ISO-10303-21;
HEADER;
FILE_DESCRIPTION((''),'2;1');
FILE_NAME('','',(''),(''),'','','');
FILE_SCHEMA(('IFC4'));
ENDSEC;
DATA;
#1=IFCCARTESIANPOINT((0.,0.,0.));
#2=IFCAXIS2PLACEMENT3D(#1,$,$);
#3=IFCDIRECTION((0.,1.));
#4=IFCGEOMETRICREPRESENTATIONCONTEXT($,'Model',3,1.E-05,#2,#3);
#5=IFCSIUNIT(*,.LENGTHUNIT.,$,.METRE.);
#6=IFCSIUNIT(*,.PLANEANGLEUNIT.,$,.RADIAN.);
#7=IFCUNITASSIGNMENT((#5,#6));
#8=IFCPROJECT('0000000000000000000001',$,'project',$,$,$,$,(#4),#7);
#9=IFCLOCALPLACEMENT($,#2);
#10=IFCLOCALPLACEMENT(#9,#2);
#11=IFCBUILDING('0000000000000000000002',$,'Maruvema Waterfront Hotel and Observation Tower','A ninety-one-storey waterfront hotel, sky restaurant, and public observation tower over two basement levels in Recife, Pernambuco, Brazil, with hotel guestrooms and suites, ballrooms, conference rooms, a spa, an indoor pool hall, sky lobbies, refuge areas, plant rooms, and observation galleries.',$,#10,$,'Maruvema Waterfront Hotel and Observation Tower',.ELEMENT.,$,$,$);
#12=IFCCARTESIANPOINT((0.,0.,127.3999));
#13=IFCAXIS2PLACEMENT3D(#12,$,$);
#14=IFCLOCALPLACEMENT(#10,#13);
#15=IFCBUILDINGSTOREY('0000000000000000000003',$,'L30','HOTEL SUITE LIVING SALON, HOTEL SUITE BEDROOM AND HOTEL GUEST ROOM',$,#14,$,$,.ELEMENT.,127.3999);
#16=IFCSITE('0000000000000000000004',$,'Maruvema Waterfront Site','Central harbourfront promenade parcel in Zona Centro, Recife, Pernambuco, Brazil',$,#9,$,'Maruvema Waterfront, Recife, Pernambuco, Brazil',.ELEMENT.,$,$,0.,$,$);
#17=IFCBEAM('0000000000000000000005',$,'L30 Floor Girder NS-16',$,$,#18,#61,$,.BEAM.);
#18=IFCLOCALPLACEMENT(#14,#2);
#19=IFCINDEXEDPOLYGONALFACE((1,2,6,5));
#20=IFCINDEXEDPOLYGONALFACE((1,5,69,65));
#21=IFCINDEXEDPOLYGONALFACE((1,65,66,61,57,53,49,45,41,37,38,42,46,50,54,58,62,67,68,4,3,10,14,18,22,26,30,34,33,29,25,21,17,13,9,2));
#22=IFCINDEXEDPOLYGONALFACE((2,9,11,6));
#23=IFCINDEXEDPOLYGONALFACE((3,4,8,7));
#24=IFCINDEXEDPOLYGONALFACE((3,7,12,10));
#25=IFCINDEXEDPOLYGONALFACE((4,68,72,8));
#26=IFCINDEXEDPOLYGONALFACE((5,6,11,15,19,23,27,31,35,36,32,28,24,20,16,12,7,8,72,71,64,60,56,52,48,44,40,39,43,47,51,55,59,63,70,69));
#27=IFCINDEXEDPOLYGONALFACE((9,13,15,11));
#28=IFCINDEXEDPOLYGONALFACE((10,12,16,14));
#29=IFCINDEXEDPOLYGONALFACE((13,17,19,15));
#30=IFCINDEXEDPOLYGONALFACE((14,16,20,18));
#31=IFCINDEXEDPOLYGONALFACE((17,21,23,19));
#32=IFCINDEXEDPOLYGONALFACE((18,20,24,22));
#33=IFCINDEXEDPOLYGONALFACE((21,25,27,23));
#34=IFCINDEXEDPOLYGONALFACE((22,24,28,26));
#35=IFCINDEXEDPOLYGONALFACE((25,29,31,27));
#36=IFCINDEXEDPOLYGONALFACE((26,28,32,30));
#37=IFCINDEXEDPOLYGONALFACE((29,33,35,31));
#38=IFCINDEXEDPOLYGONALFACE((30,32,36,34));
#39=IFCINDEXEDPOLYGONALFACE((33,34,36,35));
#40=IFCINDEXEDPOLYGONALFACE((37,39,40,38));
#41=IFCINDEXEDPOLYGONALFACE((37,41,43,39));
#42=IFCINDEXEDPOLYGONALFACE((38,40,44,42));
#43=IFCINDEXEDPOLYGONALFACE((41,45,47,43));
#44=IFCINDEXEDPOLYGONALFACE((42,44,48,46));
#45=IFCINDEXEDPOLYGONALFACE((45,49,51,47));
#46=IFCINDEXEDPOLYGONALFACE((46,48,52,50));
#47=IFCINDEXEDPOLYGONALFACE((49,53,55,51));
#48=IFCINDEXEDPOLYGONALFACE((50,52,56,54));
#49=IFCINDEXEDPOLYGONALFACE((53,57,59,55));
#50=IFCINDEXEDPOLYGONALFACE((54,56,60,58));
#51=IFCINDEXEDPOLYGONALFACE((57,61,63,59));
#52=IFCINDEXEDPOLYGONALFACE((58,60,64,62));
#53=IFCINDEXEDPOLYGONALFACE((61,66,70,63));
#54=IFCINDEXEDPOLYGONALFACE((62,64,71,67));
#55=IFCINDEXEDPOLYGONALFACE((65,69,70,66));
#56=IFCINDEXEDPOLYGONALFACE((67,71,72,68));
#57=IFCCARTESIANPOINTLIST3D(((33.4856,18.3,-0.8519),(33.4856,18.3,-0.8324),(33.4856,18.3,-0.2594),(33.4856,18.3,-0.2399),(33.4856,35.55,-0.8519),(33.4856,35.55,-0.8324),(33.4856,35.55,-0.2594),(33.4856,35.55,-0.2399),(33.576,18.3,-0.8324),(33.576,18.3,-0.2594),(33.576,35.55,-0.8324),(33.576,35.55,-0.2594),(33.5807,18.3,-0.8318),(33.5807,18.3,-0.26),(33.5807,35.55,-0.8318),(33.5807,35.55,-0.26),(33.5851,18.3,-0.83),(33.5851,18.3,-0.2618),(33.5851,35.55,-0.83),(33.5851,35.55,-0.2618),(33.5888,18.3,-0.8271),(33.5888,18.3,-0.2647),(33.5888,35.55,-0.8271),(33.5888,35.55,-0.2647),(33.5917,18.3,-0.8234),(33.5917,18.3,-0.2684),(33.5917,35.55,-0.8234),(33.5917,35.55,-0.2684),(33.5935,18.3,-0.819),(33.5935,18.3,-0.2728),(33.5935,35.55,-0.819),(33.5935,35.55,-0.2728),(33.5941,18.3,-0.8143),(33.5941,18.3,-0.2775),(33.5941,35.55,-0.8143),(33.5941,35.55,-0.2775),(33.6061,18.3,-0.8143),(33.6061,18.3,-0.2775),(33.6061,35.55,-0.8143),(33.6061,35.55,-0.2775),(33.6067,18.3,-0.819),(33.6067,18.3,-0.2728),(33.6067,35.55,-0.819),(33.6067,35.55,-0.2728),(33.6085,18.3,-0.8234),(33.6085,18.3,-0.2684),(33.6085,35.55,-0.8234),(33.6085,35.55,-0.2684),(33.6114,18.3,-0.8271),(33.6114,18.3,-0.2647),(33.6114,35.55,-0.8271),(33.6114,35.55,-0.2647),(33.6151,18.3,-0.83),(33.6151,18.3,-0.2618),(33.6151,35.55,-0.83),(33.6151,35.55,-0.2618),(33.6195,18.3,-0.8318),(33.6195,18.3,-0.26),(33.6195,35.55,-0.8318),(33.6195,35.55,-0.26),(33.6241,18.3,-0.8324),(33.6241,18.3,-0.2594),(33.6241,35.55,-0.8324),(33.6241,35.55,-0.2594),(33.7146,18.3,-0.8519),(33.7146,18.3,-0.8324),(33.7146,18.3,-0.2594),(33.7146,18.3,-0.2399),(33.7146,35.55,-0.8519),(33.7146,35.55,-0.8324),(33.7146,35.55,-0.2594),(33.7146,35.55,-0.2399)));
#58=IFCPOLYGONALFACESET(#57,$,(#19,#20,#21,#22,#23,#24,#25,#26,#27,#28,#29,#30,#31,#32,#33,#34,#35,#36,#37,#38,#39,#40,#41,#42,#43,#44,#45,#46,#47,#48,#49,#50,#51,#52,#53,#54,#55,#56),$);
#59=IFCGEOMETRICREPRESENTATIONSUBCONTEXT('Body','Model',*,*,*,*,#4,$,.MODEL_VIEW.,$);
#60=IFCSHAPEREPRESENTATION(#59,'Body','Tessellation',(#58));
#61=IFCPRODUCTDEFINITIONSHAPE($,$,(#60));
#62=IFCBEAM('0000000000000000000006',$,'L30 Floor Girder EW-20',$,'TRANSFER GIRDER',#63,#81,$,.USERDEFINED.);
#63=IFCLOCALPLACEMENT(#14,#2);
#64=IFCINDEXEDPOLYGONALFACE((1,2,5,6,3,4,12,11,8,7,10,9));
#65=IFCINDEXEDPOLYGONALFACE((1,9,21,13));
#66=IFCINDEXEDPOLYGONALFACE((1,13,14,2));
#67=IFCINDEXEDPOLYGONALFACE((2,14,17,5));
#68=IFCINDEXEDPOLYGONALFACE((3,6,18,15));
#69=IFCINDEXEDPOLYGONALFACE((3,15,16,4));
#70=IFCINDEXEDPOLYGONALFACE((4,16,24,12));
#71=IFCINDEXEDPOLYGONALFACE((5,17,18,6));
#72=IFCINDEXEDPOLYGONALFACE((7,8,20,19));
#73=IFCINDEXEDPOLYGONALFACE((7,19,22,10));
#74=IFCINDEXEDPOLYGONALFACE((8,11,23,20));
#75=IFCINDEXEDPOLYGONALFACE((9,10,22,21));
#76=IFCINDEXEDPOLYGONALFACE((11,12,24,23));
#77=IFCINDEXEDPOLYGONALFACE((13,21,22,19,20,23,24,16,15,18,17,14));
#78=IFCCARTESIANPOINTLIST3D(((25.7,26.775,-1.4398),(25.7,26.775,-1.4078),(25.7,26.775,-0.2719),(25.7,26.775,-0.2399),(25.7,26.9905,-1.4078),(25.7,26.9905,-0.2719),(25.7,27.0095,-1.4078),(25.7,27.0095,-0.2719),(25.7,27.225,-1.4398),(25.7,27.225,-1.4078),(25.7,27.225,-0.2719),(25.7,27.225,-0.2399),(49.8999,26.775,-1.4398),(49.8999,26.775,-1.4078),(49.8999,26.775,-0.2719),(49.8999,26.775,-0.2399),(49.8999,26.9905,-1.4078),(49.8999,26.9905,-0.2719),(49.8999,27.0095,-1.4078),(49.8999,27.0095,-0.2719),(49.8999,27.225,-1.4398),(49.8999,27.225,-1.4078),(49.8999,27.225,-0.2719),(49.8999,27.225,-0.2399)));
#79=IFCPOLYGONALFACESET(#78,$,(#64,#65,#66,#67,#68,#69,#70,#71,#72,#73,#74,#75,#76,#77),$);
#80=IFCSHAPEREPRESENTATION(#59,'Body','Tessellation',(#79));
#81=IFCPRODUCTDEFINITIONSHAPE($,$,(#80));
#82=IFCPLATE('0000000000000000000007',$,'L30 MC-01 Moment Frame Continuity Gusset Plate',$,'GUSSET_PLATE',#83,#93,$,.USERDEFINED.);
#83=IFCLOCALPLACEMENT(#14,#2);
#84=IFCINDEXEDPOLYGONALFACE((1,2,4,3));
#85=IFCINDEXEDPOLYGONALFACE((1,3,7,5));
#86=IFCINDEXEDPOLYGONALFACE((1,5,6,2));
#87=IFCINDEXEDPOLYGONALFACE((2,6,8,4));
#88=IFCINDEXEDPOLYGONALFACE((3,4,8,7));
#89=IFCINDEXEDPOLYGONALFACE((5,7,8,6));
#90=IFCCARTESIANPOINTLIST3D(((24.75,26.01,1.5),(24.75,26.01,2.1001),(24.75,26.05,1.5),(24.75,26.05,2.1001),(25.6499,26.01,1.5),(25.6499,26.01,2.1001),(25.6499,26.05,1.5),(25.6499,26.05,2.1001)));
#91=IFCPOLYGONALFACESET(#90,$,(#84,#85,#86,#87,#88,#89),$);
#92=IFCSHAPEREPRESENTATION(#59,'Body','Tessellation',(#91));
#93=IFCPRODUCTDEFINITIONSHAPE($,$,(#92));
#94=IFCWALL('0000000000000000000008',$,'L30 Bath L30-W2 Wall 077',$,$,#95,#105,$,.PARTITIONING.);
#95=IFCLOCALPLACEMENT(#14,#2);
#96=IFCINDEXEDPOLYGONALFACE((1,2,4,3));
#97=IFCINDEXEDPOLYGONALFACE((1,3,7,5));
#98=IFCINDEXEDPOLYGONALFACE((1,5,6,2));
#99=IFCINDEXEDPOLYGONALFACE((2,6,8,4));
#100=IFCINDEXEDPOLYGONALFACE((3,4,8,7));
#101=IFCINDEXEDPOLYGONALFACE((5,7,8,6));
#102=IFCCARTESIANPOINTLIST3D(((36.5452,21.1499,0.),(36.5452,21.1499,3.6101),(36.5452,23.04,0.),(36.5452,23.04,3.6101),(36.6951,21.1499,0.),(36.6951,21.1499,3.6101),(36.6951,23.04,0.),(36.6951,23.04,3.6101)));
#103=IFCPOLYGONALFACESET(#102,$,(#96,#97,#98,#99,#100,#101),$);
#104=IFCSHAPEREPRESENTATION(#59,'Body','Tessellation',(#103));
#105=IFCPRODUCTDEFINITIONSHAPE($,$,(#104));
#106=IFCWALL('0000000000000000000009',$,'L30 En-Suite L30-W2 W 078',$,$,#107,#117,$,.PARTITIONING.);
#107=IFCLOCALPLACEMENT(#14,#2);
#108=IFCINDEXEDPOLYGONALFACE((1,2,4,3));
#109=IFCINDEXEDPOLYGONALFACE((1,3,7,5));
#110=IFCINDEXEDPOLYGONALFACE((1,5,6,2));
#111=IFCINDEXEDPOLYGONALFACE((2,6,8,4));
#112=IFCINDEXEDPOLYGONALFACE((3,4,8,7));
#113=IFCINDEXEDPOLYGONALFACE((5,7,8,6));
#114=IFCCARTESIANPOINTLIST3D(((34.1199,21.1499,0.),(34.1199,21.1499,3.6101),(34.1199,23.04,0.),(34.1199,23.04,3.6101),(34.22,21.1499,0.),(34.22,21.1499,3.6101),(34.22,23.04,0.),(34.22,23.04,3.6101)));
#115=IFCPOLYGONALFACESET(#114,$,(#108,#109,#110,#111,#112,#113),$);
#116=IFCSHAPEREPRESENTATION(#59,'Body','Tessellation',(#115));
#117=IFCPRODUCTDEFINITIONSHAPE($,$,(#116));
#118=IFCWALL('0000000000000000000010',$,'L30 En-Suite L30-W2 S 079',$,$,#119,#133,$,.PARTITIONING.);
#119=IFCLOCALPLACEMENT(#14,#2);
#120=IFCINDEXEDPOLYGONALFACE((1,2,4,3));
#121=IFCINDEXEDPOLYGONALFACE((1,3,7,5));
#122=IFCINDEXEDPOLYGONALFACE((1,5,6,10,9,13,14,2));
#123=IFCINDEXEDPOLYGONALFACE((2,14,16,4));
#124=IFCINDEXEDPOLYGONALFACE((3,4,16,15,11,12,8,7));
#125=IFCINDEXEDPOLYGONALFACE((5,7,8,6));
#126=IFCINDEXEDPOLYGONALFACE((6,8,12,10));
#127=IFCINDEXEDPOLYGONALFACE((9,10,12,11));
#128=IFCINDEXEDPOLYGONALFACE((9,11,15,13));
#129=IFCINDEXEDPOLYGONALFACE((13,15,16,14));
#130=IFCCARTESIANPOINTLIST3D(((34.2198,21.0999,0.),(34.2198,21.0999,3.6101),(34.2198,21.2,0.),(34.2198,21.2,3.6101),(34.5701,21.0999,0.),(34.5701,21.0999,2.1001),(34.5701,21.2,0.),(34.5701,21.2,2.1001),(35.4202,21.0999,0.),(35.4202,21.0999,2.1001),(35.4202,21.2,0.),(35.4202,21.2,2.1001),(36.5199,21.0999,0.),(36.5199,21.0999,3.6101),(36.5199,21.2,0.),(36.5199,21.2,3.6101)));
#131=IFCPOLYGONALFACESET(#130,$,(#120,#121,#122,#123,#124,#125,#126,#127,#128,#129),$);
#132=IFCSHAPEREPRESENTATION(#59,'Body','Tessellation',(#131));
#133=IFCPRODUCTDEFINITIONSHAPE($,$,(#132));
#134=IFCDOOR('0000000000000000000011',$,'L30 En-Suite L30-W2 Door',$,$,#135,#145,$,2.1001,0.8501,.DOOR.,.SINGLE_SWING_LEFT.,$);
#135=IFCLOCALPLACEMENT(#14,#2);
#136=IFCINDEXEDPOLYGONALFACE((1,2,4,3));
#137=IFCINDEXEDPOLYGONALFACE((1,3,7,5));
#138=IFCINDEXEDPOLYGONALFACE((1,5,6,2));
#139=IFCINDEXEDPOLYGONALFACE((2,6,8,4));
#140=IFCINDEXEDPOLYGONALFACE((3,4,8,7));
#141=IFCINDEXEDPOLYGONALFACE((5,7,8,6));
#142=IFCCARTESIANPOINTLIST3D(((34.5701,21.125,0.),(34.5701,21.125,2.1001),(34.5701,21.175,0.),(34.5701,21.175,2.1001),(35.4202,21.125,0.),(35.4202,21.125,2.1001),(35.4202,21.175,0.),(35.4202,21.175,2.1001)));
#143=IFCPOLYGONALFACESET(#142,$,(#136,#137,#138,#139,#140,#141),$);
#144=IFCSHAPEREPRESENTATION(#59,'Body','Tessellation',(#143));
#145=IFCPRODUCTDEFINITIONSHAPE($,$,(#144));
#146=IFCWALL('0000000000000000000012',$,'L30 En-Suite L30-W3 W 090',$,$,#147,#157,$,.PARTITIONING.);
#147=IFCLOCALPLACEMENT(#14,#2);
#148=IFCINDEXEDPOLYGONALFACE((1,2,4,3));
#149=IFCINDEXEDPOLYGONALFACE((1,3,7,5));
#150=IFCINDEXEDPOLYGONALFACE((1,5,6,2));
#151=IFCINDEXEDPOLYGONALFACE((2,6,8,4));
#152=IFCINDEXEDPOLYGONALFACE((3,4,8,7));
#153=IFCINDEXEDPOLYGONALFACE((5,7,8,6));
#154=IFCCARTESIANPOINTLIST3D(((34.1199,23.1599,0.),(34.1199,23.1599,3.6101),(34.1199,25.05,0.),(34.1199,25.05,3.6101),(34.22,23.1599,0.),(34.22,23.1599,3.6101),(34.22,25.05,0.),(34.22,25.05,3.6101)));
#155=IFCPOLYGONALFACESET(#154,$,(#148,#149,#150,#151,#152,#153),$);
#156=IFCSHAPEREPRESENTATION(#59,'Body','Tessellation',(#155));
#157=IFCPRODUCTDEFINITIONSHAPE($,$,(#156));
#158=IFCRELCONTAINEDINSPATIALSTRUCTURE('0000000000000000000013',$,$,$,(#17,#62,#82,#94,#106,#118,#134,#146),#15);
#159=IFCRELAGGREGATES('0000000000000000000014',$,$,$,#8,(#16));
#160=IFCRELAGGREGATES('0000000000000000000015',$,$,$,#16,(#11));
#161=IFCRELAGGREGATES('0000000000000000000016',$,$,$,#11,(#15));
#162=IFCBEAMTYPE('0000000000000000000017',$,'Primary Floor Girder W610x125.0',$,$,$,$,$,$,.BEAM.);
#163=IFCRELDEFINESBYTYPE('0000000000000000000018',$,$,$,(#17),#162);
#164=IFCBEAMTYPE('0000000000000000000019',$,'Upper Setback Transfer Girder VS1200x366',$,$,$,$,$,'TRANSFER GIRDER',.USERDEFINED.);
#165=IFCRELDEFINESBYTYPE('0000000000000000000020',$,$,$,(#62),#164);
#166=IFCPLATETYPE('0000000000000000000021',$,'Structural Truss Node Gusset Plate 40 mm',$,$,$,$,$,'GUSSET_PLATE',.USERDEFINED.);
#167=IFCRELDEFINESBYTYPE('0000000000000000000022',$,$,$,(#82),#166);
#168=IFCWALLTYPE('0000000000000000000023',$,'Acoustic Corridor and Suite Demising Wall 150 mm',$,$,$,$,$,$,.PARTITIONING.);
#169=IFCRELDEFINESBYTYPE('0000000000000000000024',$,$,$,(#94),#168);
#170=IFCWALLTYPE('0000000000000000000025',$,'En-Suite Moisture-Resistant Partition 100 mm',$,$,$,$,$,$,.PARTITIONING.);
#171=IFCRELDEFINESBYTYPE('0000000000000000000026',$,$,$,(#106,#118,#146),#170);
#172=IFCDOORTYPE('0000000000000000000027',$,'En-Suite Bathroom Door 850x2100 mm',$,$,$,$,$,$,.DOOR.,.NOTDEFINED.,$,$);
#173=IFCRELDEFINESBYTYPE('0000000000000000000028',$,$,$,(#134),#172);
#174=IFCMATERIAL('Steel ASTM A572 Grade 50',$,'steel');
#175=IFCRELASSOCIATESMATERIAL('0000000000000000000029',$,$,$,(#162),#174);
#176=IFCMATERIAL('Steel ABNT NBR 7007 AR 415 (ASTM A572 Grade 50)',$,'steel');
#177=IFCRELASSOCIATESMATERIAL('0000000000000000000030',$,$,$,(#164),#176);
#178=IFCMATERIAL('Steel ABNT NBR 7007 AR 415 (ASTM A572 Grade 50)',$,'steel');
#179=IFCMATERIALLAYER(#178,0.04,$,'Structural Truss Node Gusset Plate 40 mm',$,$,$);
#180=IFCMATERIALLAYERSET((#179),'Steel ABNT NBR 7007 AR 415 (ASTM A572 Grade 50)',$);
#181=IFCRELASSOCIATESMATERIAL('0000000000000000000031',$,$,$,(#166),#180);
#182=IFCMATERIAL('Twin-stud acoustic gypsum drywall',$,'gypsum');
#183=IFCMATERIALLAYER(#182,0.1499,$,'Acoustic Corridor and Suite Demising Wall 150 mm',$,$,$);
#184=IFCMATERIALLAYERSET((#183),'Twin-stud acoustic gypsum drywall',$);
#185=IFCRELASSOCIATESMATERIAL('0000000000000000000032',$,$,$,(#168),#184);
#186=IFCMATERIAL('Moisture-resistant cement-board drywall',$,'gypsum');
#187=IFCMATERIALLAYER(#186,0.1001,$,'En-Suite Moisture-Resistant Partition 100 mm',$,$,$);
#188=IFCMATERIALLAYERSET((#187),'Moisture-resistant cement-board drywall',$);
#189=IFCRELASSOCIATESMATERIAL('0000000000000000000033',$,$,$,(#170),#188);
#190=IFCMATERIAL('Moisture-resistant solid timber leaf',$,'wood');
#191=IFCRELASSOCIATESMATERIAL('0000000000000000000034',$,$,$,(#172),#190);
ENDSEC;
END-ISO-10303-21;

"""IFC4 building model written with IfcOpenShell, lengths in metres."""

from ifc_helpers import new_model, si_unit, direction, frame, frame_2d, origin, origin_2d, place, context, subcontext, project, spatial, rectangle, i_section, extrude, material, layer, layer_set, material_profile, profile_set, type_object, element, fill, save


model = new_model("IFC4")

# Units and contexts
model_context = context("Model", 3, precision=1e-05, world=origin(), true_north=direction((0.0, 1.0)))
body_context = subcontext(model_context, "Body", "Model", "MODEL_VIEW")
ifc_project = project(units=[si_unit("LENGTHUNIT", "METRE"), si_unit("PLANEANGLEUNIT", "RADIAN")], contexts=[model_context])

# Site, building, storey
site_placement = place(None, origin())
site = spatial("IfcSite", under=ifc_project, at=site_placement, Name="Maruvema Waterfront Site", Description="Central harbourfront promenade parcel in Zona Centro, Recife, Pernambuco, Brazil", LongName="Maruvema Waterfront, Recife, Pernambuco, Brazil", CompositionType="ELEMENT", RefElevation=0.0)
building_placement = place(site_placement, origin())
building = spatial("IfcBuilding", under=site, at=building_placement, Name="Maruvema Waterfront Hotel and Observation Tower", Description="A ninety-one-storey waterfront hotel, sky restaurant, and public observation tower over two basement levels in Recife, Pernambuco, Brazil, with hotel guestrooms and suites, ballrooms, conference rooms, a spa, an indoor pool hall, sky lobbies, refuge areas, plant rooms, and observation galleries.", LongName="Maruvema Waterfront Hotel and Observation Tower", CompositionType="ELEMENT")
storey_placement = place(building_placement, frame((0.0, 0.0, 127.3999)))
storey = spatial("IfcBuildingStorey", under=building, at=storey_placement, Name="L30", Description="HOTEL SUITE LIVING SALON, HOTEL SUITE BEDROOM AND HOTEL GUEST ROOM", CompositionType="ELEMENT", Elevation=127.3999)

# Beams
ifc_material_1 = material(Name="Steel ASTM A572 Grade 50", Category="steel")
ifc_material_profile_1 = material_profile(ifc_material_1, i_section(OverallWidth=0.229, OverallDepth=0.6121, WebThickness=0.012, FlangeThickness=0.0195, FilletRadius=0.0181, at=origin_2d()), Name="W610x125.0")
ifc_profile_set_1 = profile_set([ifc_material_profile_1], Name="Steel ASTM A572 Grade 50")
beam_type_1 = type_object("IfcBeamType", Name="Primary Floor Girder W610x125.0", PredefinedType="BEAM", material=ifc_profile_set_1)
beam_1_placement = place(storey_placement, frame((33.6001, 18.3, -0.5459), z_axis=(0.0, 1.0, 0.0), x_axis=(-1.0, 0.0, 0.0)))
element("IfcBeam", 1, at=beam_1_placement, inside=storey, type_object=beam_type_1, Name="L30 Floor Girder NS-16", PredefinedType="BEAM", context=body_context, shape_type="SweptSolid", body=[
    extrude(i_section(OverallWidth=0.229, OverallDepth=0.6121, WebThickness=0.012, FlangeThickness=0.0195, FilletRadius=0.0181, at=origin_2d()), origin(), (0.0, 0.0, 1.0), 17.25),
])
ifc_material_2 = material(Name="Steel ABNT NBR 7007 AR 415 (ASTM A572 Grade 50)", Category="steel")
ifc_material_profile_2 = material_profile(ifc_material_2, i_section(OverallWidth=0.45, OverallDepth=1.2, WebThickness=0.019, FlangeThickness=0.032, at=origin_2d()), Name="VS1200x366")
ifc_profile_set_2 = profile_set([ifc_material_profile_2], Name="Steel ABNT NBR 7007 AR 415 (ASTM A572 Grade 50)")
beam_type_2 = type_object("IfcBeamType", Name="Upper Setback Transfer Girder VS1200x366", ElementType="TRANSFER GIRDER", PredefinedType="USERDEFINED", material=ifc_profile_set_2)
beam_2_placement = place(storey_placement, frame((25.7, 27.0, -0.8398), z_axis=(1.0, 0.0, 0.0), x_axis=(0.0, 1.0, 0.0)))
element("IfcBeam", 2, at=beam_2_placement, inside=storey, type_object=beam_type_2, Name="L30 Floor Girder EW-20", ObjectType="TRANSFER GIRDER", PredefinedType="USERDEFINED", context=body_context, shape_type="SweptSolid", body=[
    extrude(i_section(OverallWidth=0.45, OverallDepth=1.2, WebThickness=0.019, FlangeThickness=0.032, at=origin_2d()), origin(), (0.0, 0.0, 1.0), 24.2),
])

# Plate
ifc_material_3 = material(Name="Steel ABNT NBR 7007 AR 415 (ASTM A572 Grade 50)", Category="steel")
ifc_layer_1 = layer(ifc_material_3, 0.04, Name="Structural Truss Node Gusset Plate 40 mm")
ifc_layer_set_1 = layer_set([ifc_layer_1], Name="Steel ABNT NBR 7007 AR 415 (ASTM A572 Grade 50)")
plate_type = type_object("IfcPlateType", Name="Structural Truss Node Gusset Plate 40 mm", ElementType="GUSSET_PLATE", PredefinedType="USERDEFINED", material=ifc_layer_set_1)
plate_placement = place(storey_placement, frame((25.2, 26.03, 1.5), z_axis=(0.0, 0.0, 1.0), x_axis=(1.0, 0.0, 0.0)))
element("IfcPlate", 3, at=plate_placement, inside=storey, type_object=plate_type, Name="L30 MC-01 Moment Frame Continuity Gusset Plate", ObjectType="GUSSET_PLATE", PredefinedType="USERDEFINED", context=body_context, shape_type="SweptSolid", body=[
    extrude(rectangle(XDim=0.8999, YDim=0.04, at=origin_2d()), origin(), (0.0, 0.0, 1.0), 0.6001),
])

# Shared definitions
ifc_material_4 = material(Name="Twin-stud acoustic gypsum drywall", Category="gypsum")
ifc_layer_2 = layer(ifc_material_4, 0.1499, Name="Acoustic Corridor and Suite Demising Wall 150 mm")
ifc_layer_set_2 = layer_set([ifc_layer_2], Name="Twin-stud acoustic gypsum drywall")
wall_type_1 = type_object("IfcWallType", Name="Acoustic Corridor and Suite Demising Wall 150 mm", PredefinedType="PARTITIONING", material=ifc_layer_set_2)

# Walls
wall_1_placement = place(storey_placement, frame((36.6201, 21.1499, 0.0), z_axis=(0.0, 0.0, 1.0), x_axis=(0.0, 1.0, 0.0)))
element("IfcWall", 4, at=wall_1_placement, inside=storey, type_object=wall_type_1, Name="L30 Bath L30-W2 Wall 077", PredefinedType="PARTITIONING", context=body_context, shape_type="SweptSolid", body=[
    extrude(rectangle(XDim=1.8901, YDim=0.1499, at=frame_2d((0.9451, 0.0))), origin(), (0.0, 0.0, 1.0), 3.6101),
])
ifc_material_5 = material(Name="Moisture-resistant cement-board drywall", Category="gypsum")
ifc_layer_3 = layer(ifc_material_5, 0.1001, Name="En-Suite Moisture-Resistant Partition 100 mm")
ifc_layer_set_3 = layer_set([ifc_layer_3], Name="Moisture-resistant cement-board drywall")
wall_type_2 = type_object("IfcWallType", Name="En-Suite Moisture-Resistant Partition 100 mm", PredefinedType="PARTITIONING", material=ifc_layer_set_3)
wall_2_placement = place(storey_placement, frame((34.1699, 21.1499, 0.0), z_axis=(0.0, 0.0, 1.0), x_axis=(0.0, 1.0, 0.0)))
element("IfcWall", 5, at=wall_2_placement, inside=storey, type_object=wall_type_2, Name="L30 En-Suite L30-W2 W 078", PredefinedType="PARTITIONING", context=body_context, shape_type="SweptSolid", body=[
    extrude(rectangle(XDim=1.8901, YDim=0.1001, at=frame_2d((0.9451, 0.0))), origin(), (0.0, 0.0, 1.0), 3.6101),
])

# Wall, opening, door
wall_3_placement = place(storey_placement, frame((34.22, 21.1499, 0.0), z_axis=(0.0, 0.0, 1.0), x_axis=(1.0, 0.0, 0.0)))
wall_3 = element("IfcWall", 6, at=wall_3_placement, inside=storey, type_object=wall_type_2, Name="L30 En-Suite L30-W2 S 079", PredefinedType="PARTITIONING", context=body_context, shape_type="SweptSolid", body=[
    extrude(rectangle(XDim=2.3, YDim=0.1001, at=frame_2d((1.1499, 0.0))), origin(), (0.0, 0.0, 1.0), 3.6101),
])
opening_1_placement = place(wall_3_placement, frame((0.3501, 0.0, 0.0)))
opening_1 = element("IfcOpeningElement", 7, at=opening_1_placement, cuts=wall_3, PredefinedType="OPENING", context=body_context, shape_type="SweptSolid", body=[
    extrude(rectangle(XDim=0.8501, YDim=2.1001, at=frame_2d((0.425, 1.05))), frame((0.0, 0.0601, 0.0), z_axis=(0.0, -1.0, 0.0), x_axis=(1.0, 0.0, 0.0)), (0.0, 0.0, 1.0), 0.1201),
])
ifc_material_6 = material(Name="Moisture-resistant solid timber leaf", Category="wood")
door_type_1 = type_object("IfcDoorType", Name="En-Suite Bathroom Door 850x2100 mm", OperationType="NOTDEFINED", PredefinedType="DOOR", material=ifc_material_6)
door_1_placement = place(opening_1_placement, frame((0.8501, 0.0, 0.0), z_axis=(0.0, 0.0, 1.0), x_axis=(-1.0, 0.0, 0.0)))
door_1 = element("IfcDoor", 8, at=door_1_placement, inside=storey, type_object=door_type_1, Name="L30 En-Suite L30-W2 Door", OperationType="SINGLE_SWING_LEFT", OverallHeight=2.1001, OverallWidth=0.8501, PredefinedType="DOOR", context=body_context, shape_type="SweptSolid", body=[
    extrude(rectangle(XDim=0.8501, YDim=2.1001, at=frame_2d((0.425, 1.05))), frame((0.0, 0.0249, 0.0), z_axis=(0.0, -1.0, 0.0), x_axis=(1.0, 0.0, 0.0)), (0.0, 0.0, 1.0), 0.05),
])
fill(opening_1, door_1)

# Wall
wall_4_placement = place(storey_placement, frame((34.1699, 23.1599, 0.0), z_axis=(0.0, 0.0, 1.0), x_axis=(0.0, 1.0, 0.0)))
element("IfcWall", 9, at=wall_4_placement, inside=storey, type_object=wall_type_2, Name="L30 En-Suite L30-W3 W 090", PredefinedType="PARTITIONING", context=body_context, shape_type="SweptSolid", body=[
    extrude(rectangle(XDim=1.8901, YDim=0.1001, at=frame_2d((0.9451, 0.0))), origin(), (0.0, 0.0, 1.0), 3.6101),
])

save(model, "model.ifc")
